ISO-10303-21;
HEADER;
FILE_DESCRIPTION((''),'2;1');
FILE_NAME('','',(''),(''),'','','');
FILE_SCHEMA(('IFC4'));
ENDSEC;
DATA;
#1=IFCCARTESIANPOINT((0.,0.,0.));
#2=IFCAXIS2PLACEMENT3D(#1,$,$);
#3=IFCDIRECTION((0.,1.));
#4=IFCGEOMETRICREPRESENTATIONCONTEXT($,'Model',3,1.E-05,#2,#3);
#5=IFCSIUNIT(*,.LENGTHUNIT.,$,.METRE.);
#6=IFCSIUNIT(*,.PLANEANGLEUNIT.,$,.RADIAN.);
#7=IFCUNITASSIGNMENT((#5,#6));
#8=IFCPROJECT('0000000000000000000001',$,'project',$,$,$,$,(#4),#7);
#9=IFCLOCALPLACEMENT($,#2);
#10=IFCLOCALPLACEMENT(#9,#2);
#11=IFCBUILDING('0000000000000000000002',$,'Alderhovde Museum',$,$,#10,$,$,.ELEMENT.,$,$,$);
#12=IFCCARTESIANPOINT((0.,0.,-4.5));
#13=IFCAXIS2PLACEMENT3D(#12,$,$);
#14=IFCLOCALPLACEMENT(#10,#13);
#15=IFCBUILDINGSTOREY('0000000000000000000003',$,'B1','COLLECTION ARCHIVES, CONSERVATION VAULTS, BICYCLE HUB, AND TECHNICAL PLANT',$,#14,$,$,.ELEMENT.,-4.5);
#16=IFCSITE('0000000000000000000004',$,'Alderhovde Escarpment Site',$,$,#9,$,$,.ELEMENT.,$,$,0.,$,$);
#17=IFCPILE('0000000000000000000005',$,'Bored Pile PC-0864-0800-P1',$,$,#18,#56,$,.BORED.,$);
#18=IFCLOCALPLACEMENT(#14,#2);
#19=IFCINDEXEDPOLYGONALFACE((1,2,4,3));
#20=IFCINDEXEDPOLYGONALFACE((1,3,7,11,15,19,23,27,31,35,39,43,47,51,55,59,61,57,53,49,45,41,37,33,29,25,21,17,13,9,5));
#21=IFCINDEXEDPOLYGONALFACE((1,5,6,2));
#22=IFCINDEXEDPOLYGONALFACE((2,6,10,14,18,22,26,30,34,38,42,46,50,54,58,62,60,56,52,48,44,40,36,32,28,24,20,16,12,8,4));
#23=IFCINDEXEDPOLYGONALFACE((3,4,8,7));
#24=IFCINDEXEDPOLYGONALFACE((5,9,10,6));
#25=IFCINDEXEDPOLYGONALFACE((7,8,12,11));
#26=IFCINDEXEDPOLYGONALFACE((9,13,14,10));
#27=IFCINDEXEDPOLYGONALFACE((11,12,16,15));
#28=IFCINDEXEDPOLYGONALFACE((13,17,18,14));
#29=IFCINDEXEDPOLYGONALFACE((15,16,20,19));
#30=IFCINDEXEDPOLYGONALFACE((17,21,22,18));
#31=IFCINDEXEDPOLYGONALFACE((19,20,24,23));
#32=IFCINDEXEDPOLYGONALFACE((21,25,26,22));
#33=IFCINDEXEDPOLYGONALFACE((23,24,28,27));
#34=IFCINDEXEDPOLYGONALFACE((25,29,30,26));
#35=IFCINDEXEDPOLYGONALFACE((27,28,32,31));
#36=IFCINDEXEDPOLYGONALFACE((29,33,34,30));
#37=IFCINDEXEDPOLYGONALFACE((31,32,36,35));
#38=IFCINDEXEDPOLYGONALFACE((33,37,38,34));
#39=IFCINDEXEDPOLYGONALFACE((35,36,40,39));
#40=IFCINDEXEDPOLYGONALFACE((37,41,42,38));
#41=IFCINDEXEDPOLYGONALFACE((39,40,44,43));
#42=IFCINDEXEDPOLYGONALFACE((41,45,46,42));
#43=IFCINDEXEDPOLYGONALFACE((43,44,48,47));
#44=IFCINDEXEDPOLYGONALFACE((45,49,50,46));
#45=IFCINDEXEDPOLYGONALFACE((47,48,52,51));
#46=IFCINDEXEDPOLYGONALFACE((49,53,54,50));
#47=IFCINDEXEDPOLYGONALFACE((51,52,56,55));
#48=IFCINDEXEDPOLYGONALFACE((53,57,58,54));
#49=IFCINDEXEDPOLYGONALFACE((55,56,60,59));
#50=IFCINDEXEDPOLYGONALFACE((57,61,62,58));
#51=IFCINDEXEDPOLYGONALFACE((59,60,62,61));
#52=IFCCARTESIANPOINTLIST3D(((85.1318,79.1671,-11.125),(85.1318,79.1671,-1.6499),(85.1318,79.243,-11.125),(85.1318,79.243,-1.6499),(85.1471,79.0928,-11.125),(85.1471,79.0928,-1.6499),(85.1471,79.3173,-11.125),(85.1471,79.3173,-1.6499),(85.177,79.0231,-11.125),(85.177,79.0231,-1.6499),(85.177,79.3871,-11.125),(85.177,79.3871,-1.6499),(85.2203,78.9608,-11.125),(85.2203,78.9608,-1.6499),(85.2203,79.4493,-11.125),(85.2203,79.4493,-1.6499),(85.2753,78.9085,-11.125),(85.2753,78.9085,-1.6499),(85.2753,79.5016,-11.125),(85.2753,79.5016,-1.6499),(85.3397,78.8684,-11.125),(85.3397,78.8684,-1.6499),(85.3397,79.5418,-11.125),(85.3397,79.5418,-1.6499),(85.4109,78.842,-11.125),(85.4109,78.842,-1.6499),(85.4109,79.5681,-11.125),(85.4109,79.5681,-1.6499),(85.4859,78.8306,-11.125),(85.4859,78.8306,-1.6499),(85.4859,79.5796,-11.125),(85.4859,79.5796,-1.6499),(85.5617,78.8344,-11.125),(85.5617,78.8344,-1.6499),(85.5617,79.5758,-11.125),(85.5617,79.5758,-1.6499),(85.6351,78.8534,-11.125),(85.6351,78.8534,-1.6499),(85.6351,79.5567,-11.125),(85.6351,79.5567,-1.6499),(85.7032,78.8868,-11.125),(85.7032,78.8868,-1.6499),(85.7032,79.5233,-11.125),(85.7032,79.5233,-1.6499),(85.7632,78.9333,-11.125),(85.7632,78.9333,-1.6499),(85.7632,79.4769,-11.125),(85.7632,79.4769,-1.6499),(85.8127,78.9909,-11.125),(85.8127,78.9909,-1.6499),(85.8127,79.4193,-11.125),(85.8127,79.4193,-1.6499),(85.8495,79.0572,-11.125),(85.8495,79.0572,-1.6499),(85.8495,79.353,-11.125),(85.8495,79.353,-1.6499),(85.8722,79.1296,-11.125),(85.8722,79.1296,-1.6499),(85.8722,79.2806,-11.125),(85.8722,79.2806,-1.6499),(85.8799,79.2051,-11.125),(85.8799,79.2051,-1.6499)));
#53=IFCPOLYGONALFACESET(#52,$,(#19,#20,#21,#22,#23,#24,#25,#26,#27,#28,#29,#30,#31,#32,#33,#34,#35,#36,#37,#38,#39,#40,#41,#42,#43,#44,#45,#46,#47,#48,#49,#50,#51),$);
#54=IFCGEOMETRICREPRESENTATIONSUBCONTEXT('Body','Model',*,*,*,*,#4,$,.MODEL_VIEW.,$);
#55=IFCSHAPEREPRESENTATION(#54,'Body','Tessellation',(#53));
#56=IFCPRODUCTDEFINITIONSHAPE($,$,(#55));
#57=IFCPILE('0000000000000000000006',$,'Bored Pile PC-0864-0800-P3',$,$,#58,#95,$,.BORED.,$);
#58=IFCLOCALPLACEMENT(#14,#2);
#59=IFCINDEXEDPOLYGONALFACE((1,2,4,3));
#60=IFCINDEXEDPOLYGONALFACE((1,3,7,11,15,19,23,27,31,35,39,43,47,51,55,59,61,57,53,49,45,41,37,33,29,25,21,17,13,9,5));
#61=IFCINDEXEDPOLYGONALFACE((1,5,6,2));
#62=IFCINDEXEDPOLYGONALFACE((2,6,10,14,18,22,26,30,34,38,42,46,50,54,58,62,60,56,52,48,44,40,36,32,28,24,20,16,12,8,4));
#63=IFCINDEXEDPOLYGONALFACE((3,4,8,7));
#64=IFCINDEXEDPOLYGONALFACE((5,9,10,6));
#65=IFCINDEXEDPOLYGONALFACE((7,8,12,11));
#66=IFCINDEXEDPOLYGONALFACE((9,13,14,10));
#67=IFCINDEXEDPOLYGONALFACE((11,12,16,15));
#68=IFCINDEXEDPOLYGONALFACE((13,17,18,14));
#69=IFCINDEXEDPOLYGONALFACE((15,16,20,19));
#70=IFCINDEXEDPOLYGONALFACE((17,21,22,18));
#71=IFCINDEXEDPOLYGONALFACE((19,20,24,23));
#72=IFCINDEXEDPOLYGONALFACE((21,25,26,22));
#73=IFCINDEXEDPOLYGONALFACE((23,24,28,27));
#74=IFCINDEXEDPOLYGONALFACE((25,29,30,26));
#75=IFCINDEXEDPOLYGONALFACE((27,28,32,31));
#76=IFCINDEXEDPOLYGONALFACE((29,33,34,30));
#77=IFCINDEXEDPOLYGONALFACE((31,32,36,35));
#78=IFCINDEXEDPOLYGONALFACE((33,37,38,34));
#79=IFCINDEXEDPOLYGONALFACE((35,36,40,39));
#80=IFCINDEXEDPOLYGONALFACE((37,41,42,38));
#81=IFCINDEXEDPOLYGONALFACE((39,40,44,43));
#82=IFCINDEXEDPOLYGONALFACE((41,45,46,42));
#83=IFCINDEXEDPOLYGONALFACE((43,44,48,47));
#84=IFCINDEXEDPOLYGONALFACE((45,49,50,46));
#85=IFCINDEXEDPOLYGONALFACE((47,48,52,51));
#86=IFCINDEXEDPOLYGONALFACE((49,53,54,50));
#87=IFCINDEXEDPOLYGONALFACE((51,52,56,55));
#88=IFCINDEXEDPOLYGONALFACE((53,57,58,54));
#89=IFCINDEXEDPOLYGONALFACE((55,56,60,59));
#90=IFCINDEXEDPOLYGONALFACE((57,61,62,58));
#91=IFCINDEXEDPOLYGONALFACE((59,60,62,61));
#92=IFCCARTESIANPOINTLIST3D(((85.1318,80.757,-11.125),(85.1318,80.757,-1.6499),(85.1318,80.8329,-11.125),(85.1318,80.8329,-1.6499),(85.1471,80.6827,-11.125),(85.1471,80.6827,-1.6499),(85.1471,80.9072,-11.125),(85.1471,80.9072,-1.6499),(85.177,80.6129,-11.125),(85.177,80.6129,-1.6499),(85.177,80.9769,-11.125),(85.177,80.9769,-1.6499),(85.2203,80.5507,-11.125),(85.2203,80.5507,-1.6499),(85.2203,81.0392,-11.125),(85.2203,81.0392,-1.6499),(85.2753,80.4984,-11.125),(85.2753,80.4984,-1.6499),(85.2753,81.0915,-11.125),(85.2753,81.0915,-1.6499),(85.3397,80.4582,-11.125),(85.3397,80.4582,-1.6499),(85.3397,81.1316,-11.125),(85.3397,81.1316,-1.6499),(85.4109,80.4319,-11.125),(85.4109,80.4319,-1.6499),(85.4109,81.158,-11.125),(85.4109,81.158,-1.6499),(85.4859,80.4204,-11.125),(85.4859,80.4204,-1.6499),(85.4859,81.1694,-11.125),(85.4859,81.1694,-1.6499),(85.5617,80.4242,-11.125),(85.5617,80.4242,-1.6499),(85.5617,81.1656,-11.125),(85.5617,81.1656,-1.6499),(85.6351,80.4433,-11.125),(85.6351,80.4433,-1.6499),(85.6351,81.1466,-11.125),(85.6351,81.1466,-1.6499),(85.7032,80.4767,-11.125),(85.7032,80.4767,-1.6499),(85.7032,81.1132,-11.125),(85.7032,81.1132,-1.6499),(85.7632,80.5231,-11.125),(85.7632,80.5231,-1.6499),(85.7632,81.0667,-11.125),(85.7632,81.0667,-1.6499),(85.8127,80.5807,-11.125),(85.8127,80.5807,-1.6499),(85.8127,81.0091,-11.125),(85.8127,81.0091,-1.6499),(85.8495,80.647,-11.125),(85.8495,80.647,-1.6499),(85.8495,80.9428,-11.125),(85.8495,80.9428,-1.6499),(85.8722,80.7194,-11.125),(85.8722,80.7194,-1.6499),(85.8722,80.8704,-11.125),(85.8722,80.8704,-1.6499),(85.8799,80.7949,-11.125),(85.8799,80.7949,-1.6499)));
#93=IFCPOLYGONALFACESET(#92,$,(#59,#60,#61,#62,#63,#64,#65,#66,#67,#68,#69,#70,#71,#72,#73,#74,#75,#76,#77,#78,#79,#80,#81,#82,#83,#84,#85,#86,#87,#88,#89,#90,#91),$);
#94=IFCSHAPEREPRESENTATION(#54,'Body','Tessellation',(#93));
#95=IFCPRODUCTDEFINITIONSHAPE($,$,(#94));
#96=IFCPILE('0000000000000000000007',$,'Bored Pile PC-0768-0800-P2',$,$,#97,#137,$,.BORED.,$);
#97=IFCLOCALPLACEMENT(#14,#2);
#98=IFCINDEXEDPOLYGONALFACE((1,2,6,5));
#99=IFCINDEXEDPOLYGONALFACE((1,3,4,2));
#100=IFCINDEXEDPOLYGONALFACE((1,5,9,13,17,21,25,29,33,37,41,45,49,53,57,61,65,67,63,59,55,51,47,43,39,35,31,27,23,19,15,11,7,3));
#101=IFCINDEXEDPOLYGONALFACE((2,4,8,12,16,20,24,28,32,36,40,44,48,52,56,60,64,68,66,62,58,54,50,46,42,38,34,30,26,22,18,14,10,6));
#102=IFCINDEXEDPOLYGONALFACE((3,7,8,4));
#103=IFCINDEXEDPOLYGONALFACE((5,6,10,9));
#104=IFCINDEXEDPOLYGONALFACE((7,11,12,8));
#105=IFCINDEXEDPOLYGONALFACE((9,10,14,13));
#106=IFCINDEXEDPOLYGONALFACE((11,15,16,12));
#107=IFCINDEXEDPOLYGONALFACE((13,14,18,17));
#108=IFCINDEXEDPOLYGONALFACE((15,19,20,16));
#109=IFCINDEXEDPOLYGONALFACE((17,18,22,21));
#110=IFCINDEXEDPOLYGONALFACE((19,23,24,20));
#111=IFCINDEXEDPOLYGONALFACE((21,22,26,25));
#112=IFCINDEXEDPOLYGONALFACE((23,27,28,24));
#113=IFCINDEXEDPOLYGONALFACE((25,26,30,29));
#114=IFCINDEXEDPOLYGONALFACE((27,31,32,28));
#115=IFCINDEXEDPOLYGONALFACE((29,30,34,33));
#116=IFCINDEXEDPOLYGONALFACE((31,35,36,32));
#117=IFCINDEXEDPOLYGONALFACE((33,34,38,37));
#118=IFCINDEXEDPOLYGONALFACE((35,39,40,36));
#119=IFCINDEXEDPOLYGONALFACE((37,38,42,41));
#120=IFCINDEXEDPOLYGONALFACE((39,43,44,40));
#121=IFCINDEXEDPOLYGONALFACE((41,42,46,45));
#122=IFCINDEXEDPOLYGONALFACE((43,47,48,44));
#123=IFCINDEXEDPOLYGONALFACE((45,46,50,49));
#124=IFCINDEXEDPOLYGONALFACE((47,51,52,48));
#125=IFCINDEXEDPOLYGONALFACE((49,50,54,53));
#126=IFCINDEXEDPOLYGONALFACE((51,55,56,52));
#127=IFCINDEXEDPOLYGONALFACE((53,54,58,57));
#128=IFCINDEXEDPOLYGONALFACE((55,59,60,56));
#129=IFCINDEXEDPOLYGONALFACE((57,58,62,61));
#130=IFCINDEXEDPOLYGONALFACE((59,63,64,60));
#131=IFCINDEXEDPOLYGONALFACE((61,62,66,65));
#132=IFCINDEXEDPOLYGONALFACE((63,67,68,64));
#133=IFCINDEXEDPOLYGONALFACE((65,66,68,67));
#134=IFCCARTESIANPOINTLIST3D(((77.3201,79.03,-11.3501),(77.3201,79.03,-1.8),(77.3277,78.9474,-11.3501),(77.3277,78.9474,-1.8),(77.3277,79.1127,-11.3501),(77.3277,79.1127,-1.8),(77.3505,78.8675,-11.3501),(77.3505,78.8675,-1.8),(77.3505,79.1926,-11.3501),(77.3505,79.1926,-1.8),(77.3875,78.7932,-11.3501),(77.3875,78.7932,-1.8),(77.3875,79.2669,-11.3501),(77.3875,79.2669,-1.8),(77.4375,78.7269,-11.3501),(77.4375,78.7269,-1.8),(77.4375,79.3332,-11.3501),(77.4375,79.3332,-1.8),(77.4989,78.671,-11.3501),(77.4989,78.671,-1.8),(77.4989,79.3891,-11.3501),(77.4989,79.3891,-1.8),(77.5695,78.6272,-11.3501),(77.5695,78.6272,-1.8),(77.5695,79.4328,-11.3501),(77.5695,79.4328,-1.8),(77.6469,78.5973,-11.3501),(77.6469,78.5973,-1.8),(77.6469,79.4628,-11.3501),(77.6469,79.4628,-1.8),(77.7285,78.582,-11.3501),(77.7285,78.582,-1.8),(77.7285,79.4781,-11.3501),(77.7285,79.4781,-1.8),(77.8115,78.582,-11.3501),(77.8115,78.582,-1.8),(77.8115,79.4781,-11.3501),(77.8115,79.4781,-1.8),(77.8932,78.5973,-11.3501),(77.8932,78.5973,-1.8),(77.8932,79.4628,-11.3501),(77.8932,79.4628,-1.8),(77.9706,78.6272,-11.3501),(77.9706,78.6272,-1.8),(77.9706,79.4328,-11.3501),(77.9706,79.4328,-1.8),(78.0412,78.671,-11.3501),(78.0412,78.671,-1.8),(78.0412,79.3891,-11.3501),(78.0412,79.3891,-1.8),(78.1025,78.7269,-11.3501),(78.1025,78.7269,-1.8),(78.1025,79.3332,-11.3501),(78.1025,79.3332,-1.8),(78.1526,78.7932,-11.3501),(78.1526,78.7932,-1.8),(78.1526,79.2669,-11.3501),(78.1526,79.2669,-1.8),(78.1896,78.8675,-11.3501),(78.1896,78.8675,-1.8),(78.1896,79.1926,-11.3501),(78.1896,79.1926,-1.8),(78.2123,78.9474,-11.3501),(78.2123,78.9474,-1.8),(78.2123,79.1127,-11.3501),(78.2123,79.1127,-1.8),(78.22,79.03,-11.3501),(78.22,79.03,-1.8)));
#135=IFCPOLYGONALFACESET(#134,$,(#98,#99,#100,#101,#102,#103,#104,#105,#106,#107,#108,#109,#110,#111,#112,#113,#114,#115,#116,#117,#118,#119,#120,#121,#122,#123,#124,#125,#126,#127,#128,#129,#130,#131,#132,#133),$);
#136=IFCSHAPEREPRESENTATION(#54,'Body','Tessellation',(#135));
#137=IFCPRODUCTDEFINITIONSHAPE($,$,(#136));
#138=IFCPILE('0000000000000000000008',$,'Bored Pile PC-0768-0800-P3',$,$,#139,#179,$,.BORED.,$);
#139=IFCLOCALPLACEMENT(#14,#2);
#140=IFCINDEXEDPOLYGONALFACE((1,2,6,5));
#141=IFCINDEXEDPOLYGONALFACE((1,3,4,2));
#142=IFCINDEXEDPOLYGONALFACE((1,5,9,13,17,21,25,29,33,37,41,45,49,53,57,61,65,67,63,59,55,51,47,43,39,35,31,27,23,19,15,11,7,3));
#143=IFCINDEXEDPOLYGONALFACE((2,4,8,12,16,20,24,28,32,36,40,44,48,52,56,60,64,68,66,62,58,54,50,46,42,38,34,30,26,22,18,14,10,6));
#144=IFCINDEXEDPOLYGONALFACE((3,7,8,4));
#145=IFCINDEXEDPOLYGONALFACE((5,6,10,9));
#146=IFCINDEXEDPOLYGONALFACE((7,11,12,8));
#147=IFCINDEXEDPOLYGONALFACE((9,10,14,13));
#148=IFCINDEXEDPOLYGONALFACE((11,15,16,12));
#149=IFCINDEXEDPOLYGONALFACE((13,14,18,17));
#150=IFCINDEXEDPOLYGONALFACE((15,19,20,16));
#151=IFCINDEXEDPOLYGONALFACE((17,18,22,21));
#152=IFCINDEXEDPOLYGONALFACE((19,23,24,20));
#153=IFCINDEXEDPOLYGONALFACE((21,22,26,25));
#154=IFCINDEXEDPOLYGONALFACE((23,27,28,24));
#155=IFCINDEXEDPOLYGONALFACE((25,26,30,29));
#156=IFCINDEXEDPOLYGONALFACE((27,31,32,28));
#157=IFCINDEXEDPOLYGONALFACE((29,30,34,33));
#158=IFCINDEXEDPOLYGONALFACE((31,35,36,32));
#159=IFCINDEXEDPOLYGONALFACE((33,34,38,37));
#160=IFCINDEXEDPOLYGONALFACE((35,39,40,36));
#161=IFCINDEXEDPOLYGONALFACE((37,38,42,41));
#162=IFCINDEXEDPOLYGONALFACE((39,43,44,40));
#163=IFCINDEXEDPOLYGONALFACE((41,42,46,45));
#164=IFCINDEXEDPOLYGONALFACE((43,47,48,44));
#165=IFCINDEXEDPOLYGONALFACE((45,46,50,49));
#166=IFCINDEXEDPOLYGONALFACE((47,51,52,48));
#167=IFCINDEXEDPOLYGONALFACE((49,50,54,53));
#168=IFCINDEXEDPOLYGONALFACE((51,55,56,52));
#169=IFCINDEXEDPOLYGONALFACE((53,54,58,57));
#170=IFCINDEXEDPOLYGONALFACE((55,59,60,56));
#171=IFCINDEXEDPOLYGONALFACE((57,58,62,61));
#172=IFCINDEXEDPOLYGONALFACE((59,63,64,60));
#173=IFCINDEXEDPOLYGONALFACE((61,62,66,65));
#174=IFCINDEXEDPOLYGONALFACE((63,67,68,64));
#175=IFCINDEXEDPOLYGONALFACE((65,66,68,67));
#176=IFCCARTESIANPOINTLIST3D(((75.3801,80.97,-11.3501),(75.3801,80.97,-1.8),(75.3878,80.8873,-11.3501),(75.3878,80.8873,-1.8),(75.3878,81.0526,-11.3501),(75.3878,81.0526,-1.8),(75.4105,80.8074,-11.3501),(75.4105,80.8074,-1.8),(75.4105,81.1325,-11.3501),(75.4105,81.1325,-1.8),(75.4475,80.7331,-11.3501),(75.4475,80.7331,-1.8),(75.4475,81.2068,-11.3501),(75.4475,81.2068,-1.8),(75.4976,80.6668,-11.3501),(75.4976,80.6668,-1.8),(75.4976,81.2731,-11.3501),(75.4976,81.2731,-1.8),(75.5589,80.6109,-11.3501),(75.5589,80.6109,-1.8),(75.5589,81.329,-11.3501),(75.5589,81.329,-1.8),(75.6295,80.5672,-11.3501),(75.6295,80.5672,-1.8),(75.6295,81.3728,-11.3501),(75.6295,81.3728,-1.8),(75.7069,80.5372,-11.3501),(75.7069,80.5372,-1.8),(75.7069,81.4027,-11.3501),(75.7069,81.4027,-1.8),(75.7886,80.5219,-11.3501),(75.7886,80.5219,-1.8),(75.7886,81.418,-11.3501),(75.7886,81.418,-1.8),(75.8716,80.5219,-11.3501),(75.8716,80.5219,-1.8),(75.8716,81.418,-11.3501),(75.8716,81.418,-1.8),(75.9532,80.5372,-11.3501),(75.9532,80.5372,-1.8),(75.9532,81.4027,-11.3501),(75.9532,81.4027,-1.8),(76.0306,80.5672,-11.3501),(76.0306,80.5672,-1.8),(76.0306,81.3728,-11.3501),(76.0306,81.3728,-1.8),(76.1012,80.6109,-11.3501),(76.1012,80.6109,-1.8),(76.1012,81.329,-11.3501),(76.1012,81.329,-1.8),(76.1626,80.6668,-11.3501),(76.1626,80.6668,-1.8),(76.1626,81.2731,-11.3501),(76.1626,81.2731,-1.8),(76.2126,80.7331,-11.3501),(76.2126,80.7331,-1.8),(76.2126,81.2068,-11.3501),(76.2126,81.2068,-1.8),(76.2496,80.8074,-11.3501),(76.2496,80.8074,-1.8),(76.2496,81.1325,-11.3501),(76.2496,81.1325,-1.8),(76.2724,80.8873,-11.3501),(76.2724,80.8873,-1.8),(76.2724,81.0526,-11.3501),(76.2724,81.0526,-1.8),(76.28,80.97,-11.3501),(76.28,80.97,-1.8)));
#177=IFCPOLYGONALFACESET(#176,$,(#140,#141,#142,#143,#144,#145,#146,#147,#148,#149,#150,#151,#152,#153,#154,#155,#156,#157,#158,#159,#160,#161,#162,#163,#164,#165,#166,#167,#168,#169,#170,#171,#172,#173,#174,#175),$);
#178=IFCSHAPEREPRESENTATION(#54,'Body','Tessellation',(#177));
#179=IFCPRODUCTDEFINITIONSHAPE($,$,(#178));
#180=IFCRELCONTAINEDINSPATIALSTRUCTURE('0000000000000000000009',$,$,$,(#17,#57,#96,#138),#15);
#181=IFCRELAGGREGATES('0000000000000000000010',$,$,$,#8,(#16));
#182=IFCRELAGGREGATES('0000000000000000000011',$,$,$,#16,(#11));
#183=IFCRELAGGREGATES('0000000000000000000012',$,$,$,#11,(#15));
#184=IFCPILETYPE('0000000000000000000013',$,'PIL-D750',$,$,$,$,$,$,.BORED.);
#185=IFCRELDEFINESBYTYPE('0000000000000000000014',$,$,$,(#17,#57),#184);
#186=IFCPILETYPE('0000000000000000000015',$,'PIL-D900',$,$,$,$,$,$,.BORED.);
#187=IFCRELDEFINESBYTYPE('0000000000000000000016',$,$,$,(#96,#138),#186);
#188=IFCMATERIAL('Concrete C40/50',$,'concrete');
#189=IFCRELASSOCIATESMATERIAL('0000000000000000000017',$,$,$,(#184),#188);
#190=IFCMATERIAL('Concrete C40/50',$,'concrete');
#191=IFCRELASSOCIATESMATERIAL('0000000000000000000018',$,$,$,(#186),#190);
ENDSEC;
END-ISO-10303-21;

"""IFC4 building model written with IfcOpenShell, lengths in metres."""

from ifc_helpers import new_model, si_unit, direction, frame, origin, origin_2d, place, context, subcontext, project, spatial, circle, extrude, material, material_profile, profile_set, type_object, element, save


model = new_model("IFC4")

# Units and contexts
model_context = context("Model", 3, precision=1e-05, world=origin(), true_north=direction((0.0, 1.0)))
body_context = subcontext(model_context, "Body", "Model", "MODEL_VIEW")
ifc_project = project(units=[si_unit("LENGTHUNIT", "METRE"), si_unit("PLANEANGLEUNIT", "RADIAN")], contexts=[model_context])

# Site, building, storey
site_placement = place(None, origin())
site = spatial("IfcSite", under=ifc_project, at=site_placement, Name="Alderhovde Escarpment Site", CompositionType="ELEMENT", RefElevation=0.0)
building_placement = place(site_placement, origin())
building = spatial("IfcBuilding", under=site, at=building_placement, Name="Alderhovde Museum", CompositionType="ELEMENT")
storey_placement = place(building_placement, frame((0.0, 0.0, -4.5)))
storey = spatial("IfcBuildingStorey", under=building, at=storey_placement, Name="B1", Description="COLLECTION ARCHIVES, CONSERVATION VAULTS, BICYCLE HUB, AND TECHNICAL PLANT", CompositionType="ELEMENT", Elevation=-4.5)

# Piles
ifc_material_1 = material(Name="Concrete C40/50", Category="concrete")
ifc_material_profile_1 = material_profile(ifc_material_1, circle(Radius=0.375, at=origin_2d()), Name="PILE-D750")
ifc_profile_set_1 = profile_set([ifc_material_profile_1], Name="Concrete C40/50")
pile_type_1 = type_object("IfcPileType", Name="PIL-D750", PredefinedType="BORED", material=ifc_profile_set_1)
for number, where, z_axis, x_axis, name in (
    (1, (85.5049, 79.2051, -1.6499), (0.0, 0.0, -1.0), (1.0, 0.0, 0.0), "Bored Pile PC-0864-0800-P1"),
    (2, (85.5049, 80.7949, -1.6499), (0.0, 0.0, -1.0), (1.0, 0.0, 0.0), "Bored Pile PC-0864-0800-P3"),
):
    element("IfcPile", number, at=place(storey_placement, frame(where, z_axis=z_axis, x_axis=x_axis)), inside=storey, type_object=pile_type_1, Name=name, PredefinedType="BORED", context=body_context, shape_type="SweptSolid", body=[
        extrude(circle(Radius=0.375, at=origin_2d()), origin(), (0.0, 0.0, 1.0), 9.4751),
    ])
ifc_material_2 = material(Name="Concrete C40/50", Category="concrete")
ifc_material_profile_2 = material_profile(ifc_material_2, circle(Radius=0.45, at=origin_2d()), Name="PILE-D900")
ifc_profile_set_2 = profile_set([ifc_material_profile_2], Name="Concrete C40/50")
pile_type_2 = type_object("IfcPileType", Name="PIL-D900", PredefinedType="BORED", material=ifc_profile_set_2)
for number, where, z_axis, x_axis, name in (
    (3, (77.77, 79.03, -1.8), (0.0, 0.0, -1.0), (1.0, 0.0, 0.0), "Bored Pile PC-0768-0800-P2"),
    (4, (75.8301, 80.97, -1.8), (0.0, 0.0, -1.0), (1.0, 0.0, 0.0), "Bored Pile PC-0768-0800-P3"),
):
    element("IfcPile", number, at=place(storey_placement, frame(where, z_axis=z_axis, x_axis=x_axis)), inside=storey, type_object=pile_type_2, Name=name, PredefinedType="BORED", context=body_context, shape_type="SweptSolid", body=[
        extrude(circle(Radius=0.45, at=origin_2d()), origin(), (0.0, 0.0, 1.0), 9.55),
    ])

save(model, "model.ifc")
